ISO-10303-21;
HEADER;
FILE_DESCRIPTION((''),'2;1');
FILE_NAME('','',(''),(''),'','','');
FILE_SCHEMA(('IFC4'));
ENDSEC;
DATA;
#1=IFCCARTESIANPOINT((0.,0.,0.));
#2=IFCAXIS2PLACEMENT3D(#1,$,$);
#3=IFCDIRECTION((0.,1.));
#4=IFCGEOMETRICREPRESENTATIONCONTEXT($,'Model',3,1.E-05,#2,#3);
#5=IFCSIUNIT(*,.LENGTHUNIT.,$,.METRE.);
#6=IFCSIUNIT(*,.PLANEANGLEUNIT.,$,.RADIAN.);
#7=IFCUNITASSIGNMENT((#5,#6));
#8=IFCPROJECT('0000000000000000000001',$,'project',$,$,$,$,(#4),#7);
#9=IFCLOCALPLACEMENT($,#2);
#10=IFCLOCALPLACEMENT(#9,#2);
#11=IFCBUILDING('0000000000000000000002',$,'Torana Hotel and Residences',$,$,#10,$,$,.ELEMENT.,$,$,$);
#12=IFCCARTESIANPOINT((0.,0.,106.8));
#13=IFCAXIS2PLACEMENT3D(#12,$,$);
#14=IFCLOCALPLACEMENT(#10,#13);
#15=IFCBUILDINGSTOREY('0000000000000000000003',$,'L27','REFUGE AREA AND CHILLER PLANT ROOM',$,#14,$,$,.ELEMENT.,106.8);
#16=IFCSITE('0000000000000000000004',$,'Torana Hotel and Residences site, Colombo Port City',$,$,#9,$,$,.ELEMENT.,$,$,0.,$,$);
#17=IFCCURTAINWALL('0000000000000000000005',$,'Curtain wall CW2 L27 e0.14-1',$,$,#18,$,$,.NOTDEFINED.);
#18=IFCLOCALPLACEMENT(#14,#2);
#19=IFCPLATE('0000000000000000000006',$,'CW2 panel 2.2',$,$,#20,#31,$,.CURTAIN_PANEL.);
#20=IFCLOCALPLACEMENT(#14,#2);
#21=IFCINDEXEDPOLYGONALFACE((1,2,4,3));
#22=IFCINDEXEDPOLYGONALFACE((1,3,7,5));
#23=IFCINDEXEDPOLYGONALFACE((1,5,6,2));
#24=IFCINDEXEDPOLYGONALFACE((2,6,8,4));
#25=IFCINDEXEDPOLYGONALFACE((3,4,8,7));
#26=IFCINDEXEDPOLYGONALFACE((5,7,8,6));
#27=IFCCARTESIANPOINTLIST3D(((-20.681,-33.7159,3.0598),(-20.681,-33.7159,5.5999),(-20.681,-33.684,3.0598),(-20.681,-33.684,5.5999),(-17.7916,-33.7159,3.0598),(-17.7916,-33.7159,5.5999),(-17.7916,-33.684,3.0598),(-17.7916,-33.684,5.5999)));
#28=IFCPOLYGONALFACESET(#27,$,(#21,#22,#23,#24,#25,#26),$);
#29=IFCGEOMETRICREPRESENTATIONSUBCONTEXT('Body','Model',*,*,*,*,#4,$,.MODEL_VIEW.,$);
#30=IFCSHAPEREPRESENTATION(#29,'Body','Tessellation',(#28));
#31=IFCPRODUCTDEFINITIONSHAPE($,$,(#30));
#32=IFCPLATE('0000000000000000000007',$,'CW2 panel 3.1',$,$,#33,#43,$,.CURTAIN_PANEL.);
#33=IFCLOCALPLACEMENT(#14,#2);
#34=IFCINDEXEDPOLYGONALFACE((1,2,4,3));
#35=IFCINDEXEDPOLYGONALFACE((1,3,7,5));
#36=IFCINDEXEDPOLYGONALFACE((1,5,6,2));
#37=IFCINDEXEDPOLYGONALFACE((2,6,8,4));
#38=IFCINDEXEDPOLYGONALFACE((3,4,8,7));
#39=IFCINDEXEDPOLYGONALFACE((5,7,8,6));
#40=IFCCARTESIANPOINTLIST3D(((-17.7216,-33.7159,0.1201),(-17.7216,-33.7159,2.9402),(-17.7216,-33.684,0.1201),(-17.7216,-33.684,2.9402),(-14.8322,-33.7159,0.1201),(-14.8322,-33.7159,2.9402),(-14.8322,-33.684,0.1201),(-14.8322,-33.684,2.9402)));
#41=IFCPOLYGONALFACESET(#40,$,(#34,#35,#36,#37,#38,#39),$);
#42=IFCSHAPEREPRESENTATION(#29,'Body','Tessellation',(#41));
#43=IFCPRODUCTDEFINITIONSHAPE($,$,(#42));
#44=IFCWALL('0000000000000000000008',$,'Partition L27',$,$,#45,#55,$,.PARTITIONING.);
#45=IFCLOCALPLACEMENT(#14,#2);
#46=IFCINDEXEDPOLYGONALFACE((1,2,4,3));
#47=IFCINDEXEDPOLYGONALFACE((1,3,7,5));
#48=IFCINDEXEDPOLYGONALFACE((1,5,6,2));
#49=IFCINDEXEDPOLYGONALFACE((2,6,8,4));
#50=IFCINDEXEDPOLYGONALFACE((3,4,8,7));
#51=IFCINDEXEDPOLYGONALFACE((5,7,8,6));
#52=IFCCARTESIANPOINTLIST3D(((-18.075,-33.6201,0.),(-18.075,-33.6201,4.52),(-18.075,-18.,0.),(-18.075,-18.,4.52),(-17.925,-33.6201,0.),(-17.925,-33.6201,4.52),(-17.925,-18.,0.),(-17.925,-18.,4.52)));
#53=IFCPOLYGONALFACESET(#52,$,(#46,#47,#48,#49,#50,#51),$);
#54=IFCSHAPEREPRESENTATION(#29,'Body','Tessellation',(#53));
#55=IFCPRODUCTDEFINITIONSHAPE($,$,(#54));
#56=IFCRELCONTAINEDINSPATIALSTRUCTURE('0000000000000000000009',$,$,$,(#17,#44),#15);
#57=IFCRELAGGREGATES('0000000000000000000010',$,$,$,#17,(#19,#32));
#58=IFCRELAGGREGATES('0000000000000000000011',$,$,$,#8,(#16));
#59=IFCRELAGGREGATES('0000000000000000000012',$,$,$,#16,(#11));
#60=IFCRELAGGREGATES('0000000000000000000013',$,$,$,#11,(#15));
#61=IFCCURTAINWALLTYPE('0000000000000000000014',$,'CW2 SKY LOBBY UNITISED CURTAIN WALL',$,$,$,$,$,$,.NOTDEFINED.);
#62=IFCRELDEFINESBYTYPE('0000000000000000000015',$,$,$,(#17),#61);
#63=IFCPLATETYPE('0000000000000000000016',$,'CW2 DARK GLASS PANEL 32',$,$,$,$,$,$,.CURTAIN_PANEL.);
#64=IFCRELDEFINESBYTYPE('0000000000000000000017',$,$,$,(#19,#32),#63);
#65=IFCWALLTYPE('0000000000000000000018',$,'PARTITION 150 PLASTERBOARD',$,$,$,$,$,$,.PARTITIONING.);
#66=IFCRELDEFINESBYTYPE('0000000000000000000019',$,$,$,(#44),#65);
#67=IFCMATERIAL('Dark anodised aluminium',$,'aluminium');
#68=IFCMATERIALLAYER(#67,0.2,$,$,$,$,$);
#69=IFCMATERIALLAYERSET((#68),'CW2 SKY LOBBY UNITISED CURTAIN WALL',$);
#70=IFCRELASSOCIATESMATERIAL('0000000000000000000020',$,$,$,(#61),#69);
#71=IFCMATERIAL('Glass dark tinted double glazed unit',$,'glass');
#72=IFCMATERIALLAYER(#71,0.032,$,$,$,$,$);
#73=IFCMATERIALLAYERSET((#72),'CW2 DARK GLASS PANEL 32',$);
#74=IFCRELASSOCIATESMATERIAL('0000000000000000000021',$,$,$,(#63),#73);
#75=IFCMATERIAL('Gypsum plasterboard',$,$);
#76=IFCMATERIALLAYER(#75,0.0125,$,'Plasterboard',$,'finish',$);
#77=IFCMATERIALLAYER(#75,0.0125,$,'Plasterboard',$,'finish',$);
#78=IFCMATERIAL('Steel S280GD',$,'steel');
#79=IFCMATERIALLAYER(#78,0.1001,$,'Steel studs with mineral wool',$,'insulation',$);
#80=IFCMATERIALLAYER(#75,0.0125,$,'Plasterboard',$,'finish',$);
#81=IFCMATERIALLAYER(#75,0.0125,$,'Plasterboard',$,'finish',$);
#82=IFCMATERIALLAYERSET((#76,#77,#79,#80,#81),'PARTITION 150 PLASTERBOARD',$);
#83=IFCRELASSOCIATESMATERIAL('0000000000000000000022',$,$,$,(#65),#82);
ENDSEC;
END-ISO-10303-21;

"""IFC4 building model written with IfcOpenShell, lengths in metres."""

from ifc_helpers import new_model, si_unit, direction, frame, frame_2d, origin, origin_2d, place, context, subcontext, project, spatial, rectangle, extrude, material, layer, layer_set, type_object, element, aggregate, save


model = new_model("IFC4")

# Units and contexts
model_context = context("Model", 3, precision=1e-05, world=origin(), true_north=direction((0.0, 1.0)))
body_context = subcontext(model_context, "Body", "Model", "MODEL_VIEW")
ifc_project = project(units=[si_unit("LENGTHUNIT", "METRE"), si_unit("PLANEANGLEUNIT", "RADIAN")], contexts=[model_context])

# Site, building, storey
site_placement = place(None, origin())
site = spatial("IfcSite", under=ifc_project, at=site_placement, Name="Torana Hotel and Residences site, Colombo Port City", CompositionType="ELEMENT", RefElevation=0.0)
building_placement = place(site_placement, origin())
building = spatial("IfcBuilding", under=site, at=building_placement, Name="Torana Hotel and Residences", CompositionType="ELEMENT")
storey_placement = place(building_placement, frame((0.0, 0.0, 106.8)))
storey = spatial("IfcBuildingStorey", under=building, at=storey_placement, Name="L27", Description="REFUGE AREA AND CHILLER PLANT ROOM", CompositionType="ELEMENT", Elevation=106.8)

# Curtain wall
ifc_material_1 = material(Name="Dark anodised aluminium", Category="aluminium")
ifc_layer_1 = layer(ifc_material_1, 0.2)
ifc_layer_set_1 = layer_set([ifc_layer_1], Name="CW2 SKY LOBBY UNITISED CURTAIN WALL")
curtain_wall_type = type_object("IfcCurtainWallType", Name="CW2 SKY LOBBY UNITISED CURTAIN WALL", PredefinedType="NOTDEFINED", material=ifc_layer_set_1)
curtain_wall_placement = place(storey_placement, origin())
curtain_wall = element("IfcCurtainWall", 1, at=curtain_wall_placement, inside=storey, type_object=curtain_wall_type, Name="Curtain wall CW2 L27 e0.14-1", PredefinedType="NOTDEFINED")

# Plates
ifc_material_2 = material(Name="Glass dark tinted double glazed unit", Category="glass")
ifc_layer_2 = layer(ifc_material_2, 0.032)
ifc_layer_set_2 = layer_set([ifc_layer_2], Name="CW2 DARK GLASS PANEL 32")
plate_type = type_object("IfcPlateType", Name="CW2 DARK GLASS PANEL 32", PredefinedType="CURTAIN_PANEL", material=ifc_layer_set_2)
plate_1_placement = place(storey_placement, frame((-19.2363, -33.7, 3.0598), z_axis=(0.0, 0.0, 1.0), x_axis=(1.0, 0.0, 0.0)))
plate_1 = element("IfcPlate", 2, at=plate_1_placement, type_object=plate_type, Name="CW2 panel 2.2", PredefinedType="CURTAIN_PANEL", context=body_context, shape_type="SweptSolid", body=[
    extrude(rectangle(XDim=2.8894, YDim=0.032, at=origin_2d()), origin(), (0.0, 0.0, 1.0), 2.54),
])
plate_2_placement = place(storey_placement, frame((-16.2769, -33.7, 0.1201), z_axis=(0.0, 0.0, 1.0), x_axis=(1.0, 0.0, 0.0)))
plate_2 = element("IfcPlate", 3, at=plate_2_placement, type_object=plate_type, Name="CW2 panel 3.1", PredefinedType="CURTAIN_PANEL", context=body_context, shape_type="SweptSolid", body=[
    extrude(rectangle(XDim=2.8894, YDim=0.032, at=origin_2d()), origin(), (0.0, 0.0, 1.0), 2.8201),
])
aggregate(curtain_wall, [plate_1, plate_2])

# Wall
ifc_material_3 = material(Name="Gypsum plasterboard")
ifc_layer_3 = layer(ifc_material_3, 0.0125, Name="Plasterboard", Category="finish")
ifc_layer_4 = layer(ifc_material_3, 0.0125, Name="Plasterboard", Category="finish")
ifc_material_4 = material(Name="Steel S280GD", Category="steel")
ifc_layer_5 = layer(ifc_material_4, 0.1001, Name="Steel studs with mineral wool", Category="insulation")
ifc_layer_6 = layer(ifc_material_3, 0.0125, Name="Plasterboard", Category="finish")
ifc_layer_7 = layer(ifc_material_3, 0.0125, Name="Plasterboard", Category="finish")
ifc_layer_set_3 = layer_set([ifc_layer_3, ifc_layer_4, ifc_layer_5, ifc_layer_6, ifc_layer_7], Name="PARTITION 150 PLASTERBOARD")
wall_type = type_object("IfcWallType", Name="PARTITION 150 PLASTERBOARD", PredefinedType="PARTITIONING", material=ifc_layer_set_3)
wall_placement = place(storey_placement, frame((-18.0, -33.6201, 0.0), z_axis=(0.0, 0.0, 1.0), x_axis=(0.0, 1.0, 0.0)))
element("IfcWall", 4, at=wall_placement, inside=storey, type_object=wall_type, Name="Partition L27", PredefinedType="PARTITIONING", context=body_context, shape_type="SweptSolid", body=[
    extrude(rectangle(XDim=15.6201, YDim=0.1499, at=frame_2d((7.8101, 0.0))), origin(), (0.0, 0.0, 1.0), 4.52),
])

save(model, "model.ifc")
